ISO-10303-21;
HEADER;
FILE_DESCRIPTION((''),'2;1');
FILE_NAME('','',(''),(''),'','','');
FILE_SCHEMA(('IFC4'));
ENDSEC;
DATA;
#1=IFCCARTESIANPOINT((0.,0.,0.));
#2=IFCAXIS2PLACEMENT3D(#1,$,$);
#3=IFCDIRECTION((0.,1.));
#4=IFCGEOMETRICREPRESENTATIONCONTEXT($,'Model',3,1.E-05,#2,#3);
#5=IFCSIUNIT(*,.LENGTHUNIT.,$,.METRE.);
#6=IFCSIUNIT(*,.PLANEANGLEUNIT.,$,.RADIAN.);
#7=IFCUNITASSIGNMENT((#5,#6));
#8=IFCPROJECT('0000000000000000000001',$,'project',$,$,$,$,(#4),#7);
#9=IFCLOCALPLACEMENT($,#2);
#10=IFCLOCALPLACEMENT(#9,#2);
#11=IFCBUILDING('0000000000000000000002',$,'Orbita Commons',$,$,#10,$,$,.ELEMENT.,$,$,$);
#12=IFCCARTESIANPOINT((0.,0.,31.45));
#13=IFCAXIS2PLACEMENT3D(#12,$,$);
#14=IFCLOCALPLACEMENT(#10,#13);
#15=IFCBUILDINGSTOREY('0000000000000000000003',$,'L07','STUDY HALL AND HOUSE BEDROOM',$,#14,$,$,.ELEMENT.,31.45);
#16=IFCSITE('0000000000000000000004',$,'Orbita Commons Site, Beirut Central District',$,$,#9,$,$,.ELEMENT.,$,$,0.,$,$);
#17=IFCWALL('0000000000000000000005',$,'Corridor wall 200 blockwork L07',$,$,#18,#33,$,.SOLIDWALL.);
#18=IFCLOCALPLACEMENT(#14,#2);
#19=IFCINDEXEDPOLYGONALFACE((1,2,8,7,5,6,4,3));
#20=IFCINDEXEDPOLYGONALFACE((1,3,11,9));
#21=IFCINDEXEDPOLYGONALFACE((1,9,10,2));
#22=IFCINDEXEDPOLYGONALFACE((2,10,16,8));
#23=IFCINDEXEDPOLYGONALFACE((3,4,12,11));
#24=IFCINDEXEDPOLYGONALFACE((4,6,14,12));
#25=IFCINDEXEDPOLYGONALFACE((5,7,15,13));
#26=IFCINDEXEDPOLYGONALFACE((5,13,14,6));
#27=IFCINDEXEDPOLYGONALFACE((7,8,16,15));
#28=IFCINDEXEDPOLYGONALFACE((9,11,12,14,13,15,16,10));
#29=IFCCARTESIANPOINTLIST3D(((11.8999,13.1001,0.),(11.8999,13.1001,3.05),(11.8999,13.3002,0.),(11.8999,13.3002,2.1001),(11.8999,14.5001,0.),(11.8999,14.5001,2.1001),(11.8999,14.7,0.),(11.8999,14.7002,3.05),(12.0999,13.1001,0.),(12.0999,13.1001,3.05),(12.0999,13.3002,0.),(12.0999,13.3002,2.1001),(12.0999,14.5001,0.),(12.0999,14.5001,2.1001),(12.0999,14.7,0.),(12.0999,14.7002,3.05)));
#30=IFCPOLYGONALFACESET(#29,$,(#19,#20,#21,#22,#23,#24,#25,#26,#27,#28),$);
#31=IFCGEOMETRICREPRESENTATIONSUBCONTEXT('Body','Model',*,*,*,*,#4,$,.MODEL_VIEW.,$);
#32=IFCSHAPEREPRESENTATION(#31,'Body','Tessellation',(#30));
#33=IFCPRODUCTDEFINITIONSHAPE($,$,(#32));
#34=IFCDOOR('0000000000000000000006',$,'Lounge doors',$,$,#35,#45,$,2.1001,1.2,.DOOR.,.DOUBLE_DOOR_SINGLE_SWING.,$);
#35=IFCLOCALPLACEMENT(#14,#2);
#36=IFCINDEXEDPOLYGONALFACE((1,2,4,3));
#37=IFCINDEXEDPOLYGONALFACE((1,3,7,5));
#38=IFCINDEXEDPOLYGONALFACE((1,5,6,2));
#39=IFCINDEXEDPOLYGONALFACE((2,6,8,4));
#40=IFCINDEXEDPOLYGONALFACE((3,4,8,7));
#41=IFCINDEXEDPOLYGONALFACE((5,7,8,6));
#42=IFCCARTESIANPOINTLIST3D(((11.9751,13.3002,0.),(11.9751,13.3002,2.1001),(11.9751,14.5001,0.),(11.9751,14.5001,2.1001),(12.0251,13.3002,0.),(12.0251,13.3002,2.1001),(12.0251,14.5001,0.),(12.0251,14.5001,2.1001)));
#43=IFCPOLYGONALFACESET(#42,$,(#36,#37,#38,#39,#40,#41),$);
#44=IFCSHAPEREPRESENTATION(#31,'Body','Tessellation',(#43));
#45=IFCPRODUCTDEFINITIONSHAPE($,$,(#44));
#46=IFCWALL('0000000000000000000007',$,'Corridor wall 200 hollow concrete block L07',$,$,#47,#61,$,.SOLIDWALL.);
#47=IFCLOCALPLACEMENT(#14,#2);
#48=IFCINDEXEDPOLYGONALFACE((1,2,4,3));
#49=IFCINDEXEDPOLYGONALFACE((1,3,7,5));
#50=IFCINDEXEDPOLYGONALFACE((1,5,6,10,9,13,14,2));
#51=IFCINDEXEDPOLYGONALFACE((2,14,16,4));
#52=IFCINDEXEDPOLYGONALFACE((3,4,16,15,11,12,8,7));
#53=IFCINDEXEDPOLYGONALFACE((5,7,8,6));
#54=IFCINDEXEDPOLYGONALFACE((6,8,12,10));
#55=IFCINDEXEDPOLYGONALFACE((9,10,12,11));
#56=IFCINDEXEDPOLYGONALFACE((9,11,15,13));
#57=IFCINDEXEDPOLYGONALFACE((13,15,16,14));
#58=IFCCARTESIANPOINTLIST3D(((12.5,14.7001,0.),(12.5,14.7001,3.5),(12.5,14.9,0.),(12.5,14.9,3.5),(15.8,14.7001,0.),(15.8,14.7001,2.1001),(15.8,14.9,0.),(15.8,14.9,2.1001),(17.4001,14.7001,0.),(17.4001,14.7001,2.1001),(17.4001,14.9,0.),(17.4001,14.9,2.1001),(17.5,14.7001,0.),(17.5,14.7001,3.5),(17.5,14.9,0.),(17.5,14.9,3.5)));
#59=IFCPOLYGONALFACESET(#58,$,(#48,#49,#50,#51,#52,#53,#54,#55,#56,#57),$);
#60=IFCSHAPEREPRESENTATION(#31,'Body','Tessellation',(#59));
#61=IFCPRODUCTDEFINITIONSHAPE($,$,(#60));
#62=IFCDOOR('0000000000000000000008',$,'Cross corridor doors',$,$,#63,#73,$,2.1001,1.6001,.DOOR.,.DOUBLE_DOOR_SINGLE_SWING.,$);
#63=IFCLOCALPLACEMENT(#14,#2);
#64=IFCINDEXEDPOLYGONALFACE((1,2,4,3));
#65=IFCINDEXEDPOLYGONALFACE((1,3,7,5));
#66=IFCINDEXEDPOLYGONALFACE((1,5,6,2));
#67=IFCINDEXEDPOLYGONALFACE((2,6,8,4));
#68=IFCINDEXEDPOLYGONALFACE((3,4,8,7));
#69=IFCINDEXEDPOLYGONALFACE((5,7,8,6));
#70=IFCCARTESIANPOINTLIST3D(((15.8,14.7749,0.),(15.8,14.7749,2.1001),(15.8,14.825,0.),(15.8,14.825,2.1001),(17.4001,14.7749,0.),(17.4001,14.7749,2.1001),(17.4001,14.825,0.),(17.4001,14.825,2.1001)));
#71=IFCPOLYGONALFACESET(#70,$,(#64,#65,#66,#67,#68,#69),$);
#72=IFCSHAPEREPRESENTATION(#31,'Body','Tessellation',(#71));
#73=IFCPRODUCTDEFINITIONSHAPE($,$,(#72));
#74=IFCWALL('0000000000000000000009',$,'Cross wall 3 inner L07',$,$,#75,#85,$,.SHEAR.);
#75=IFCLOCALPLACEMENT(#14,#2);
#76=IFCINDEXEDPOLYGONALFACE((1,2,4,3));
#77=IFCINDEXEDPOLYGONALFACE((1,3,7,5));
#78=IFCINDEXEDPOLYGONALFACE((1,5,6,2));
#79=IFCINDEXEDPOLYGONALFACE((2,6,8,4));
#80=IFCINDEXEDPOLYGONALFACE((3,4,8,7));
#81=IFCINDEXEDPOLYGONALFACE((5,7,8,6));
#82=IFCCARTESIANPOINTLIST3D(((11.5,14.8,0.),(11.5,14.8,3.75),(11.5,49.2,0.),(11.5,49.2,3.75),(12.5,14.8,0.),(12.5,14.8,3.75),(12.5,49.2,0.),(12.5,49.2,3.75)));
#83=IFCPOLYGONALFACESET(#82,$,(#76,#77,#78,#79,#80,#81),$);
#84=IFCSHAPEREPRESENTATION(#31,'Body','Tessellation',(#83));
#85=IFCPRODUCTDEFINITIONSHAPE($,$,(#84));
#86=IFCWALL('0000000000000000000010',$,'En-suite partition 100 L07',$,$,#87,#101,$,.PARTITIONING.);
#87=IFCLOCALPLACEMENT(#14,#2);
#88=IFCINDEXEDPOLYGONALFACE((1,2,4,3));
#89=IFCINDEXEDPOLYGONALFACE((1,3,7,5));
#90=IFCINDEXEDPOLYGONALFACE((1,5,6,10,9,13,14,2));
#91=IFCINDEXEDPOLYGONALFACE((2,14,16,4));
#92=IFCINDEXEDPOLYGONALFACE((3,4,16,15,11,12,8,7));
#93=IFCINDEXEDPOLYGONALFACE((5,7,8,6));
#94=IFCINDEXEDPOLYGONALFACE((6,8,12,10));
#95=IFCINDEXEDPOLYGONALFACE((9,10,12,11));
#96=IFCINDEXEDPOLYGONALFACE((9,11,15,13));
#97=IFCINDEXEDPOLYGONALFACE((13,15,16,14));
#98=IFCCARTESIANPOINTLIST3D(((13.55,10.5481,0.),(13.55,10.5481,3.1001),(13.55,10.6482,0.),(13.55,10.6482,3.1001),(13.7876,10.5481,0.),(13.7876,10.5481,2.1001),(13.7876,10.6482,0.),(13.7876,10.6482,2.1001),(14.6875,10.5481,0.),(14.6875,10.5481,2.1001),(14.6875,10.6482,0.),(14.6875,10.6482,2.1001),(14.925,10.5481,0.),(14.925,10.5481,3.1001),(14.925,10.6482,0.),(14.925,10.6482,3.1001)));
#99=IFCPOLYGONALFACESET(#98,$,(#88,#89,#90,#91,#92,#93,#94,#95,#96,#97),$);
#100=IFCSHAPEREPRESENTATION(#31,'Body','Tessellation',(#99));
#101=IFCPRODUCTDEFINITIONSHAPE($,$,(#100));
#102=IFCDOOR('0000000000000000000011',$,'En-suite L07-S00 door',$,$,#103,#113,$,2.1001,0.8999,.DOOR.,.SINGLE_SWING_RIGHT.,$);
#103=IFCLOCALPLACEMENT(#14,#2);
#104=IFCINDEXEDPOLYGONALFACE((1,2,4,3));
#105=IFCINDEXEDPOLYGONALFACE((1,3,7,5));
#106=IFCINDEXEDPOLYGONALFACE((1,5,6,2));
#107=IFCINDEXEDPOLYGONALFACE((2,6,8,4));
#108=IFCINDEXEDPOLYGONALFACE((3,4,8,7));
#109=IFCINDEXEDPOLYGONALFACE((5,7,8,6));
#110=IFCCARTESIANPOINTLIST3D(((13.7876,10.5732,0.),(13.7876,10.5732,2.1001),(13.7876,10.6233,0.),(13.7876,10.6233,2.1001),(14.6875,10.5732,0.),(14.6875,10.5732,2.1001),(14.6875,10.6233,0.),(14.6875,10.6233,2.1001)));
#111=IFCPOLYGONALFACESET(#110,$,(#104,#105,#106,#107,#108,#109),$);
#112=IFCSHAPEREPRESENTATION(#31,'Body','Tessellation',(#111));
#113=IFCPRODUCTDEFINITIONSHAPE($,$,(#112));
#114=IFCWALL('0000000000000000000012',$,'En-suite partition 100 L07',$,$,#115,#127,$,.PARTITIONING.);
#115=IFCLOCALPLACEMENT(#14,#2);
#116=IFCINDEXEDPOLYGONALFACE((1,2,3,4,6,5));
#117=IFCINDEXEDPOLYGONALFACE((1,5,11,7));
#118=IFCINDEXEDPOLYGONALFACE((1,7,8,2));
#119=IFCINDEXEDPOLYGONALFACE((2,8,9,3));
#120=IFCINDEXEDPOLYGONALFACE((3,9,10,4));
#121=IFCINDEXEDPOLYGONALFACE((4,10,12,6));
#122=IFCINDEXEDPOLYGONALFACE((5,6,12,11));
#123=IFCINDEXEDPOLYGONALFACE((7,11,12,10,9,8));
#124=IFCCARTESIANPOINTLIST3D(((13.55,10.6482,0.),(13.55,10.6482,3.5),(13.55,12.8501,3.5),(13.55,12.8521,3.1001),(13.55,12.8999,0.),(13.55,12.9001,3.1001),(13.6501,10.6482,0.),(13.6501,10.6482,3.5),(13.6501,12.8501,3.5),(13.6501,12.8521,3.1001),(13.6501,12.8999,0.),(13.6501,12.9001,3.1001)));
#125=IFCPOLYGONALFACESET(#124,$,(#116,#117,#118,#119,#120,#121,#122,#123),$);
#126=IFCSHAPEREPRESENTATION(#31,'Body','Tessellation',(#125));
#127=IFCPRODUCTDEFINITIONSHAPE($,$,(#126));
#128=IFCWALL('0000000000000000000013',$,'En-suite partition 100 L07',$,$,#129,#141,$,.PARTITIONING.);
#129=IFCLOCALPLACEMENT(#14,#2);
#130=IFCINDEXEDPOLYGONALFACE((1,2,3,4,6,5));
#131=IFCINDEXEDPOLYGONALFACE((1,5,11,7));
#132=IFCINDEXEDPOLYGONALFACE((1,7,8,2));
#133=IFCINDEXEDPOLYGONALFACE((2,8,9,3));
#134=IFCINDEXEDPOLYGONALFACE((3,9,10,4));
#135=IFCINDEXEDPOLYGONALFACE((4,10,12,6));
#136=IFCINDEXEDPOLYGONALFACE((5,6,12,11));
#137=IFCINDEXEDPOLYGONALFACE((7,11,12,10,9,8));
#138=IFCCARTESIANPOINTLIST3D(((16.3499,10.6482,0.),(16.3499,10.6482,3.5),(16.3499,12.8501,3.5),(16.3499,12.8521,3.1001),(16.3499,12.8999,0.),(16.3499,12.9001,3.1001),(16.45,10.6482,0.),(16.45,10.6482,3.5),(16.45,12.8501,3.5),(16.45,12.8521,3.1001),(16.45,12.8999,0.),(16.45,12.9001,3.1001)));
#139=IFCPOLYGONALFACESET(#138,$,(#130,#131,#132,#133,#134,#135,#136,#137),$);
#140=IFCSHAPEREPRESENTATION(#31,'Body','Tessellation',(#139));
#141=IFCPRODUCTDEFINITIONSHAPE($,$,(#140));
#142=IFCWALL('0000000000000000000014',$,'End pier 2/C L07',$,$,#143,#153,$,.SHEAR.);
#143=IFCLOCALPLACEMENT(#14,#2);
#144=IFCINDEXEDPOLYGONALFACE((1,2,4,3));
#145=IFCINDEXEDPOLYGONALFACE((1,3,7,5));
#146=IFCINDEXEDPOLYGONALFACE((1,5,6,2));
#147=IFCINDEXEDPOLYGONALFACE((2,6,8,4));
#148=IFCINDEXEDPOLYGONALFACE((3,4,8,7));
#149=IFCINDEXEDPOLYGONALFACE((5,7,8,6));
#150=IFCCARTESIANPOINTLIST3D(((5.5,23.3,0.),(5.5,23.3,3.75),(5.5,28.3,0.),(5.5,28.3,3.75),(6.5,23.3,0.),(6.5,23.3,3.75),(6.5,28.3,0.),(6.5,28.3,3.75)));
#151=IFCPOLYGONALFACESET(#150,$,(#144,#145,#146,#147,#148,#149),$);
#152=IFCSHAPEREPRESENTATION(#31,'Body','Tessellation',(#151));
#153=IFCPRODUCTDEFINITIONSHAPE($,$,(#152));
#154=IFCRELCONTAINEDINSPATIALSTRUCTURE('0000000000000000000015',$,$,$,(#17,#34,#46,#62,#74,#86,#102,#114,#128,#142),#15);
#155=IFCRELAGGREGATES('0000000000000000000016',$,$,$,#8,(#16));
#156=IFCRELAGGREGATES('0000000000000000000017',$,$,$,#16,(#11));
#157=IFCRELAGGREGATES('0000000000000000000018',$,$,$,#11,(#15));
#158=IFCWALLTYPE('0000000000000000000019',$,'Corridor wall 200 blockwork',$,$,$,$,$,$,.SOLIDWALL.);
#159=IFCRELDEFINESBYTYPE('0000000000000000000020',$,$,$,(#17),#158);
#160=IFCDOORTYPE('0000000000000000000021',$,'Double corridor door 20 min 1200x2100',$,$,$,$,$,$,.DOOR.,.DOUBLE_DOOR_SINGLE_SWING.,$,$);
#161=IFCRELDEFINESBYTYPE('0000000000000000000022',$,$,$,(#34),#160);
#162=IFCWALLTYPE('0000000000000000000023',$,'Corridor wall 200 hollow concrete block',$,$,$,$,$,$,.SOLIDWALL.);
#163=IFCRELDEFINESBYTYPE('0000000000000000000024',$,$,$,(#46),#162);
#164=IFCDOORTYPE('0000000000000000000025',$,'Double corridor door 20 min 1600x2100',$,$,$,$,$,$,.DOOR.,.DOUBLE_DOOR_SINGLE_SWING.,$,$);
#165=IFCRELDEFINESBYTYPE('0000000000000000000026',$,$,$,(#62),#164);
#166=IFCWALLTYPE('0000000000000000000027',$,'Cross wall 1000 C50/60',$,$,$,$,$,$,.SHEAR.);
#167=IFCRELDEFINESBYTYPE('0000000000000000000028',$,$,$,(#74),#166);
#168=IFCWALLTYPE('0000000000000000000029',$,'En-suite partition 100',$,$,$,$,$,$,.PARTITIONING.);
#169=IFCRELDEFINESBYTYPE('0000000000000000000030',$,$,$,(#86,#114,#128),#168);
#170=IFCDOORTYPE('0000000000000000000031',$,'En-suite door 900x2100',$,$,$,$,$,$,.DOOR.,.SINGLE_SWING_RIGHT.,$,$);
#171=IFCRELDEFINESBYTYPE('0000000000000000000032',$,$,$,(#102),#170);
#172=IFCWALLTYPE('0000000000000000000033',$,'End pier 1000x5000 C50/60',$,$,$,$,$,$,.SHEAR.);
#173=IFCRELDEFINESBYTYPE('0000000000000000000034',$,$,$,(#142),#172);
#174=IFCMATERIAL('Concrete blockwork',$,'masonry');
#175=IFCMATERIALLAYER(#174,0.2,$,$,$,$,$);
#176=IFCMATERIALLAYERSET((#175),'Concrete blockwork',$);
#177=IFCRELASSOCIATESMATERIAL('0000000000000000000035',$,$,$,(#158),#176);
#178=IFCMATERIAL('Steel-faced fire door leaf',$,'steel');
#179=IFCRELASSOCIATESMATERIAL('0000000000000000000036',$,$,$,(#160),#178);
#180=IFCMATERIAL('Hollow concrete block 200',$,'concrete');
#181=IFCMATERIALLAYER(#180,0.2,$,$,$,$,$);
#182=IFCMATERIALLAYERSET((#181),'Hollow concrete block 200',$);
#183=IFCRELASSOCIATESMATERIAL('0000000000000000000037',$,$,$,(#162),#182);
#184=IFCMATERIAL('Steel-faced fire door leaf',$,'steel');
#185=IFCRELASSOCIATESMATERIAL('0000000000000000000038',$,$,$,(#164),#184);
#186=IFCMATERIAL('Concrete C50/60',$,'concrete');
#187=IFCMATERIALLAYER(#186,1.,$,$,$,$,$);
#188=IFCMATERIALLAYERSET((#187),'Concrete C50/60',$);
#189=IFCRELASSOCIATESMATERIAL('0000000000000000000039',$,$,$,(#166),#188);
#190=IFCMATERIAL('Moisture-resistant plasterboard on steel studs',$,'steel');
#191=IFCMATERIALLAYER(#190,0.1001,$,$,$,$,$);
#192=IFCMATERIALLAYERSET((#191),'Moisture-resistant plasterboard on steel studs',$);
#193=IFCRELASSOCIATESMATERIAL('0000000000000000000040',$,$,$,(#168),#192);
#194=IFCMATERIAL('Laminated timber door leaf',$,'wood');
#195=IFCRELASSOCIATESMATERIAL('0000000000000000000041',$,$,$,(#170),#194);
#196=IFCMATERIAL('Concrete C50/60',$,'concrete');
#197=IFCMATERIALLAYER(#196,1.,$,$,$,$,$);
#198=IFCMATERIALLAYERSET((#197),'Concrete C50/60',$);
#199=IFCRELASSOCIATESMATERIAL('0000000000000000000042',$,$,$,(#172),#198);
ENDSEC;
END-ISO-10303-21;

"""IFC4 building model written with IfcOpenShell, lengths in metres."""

from ifc_helpers import new_model, si_unit, direction, frame, frame_2d, origin, place, context, subcontext, project, spatial, polyline, rectangle, outline, extrude, material, layer, layer_set, type_object, element, fill, save


model = new_model("IFC4")

# Units and contexts
model_context = context("Model", 3, precision=1e-05, world=origin(), true_north=direction((0.0, 1.0)))
body_context = subcontext(model_context, "Body", "Model", "MODEL_VIEW")
ifc_project = project(units=[si_unit("LENGTHUNIT", "METRE"), si_unit("PLANEANGLEUNIT", "RADIAN")], contexts=[model_context])

# Site, building, storey
site_placement = place(None, origin())
site = spatial("IfcSite", under=ifc_project, at=site_placement, Name="Orbita Commons Site, Beirut Central District", CompositionType="ELEMENT", RefElevation=0.0)
building_placement = place(site_placement, origin())
building = spatial("IfcBuilding", under=site, at=building_placement, Name="Orbita Commons", CompositionType="ELEMENT")
storey_placement = place(building_placement, frame((0.0, 0.0, 31.45)))
storey = spatial("IfcBuildingStorey", under=building, at=storey_placement, Name="L07", Description="STUDY HALL AND HOUSE BEDROOM", CompositionType="ELEMENT", Elevation=31.45)

# Shared definitions
ifc_material_1 = material(Name="Concrete blockwork", Category="masonry")
ifc_layer_1 = layer(ifc_material_1, 0.2)
ifc_layer_set_1 = layer_set([ifc_layer_1], Name="Concrete blockwork")
wall_type_1 = type_object("IfcWallType", Name="Corridor wall 200 blockwork", PredefinedType="SOLIDWALL", material=ifc_layer_set_1)

# Walls, openings, doors
wall_1_placement = place(storey_placement, frame((12.0, 13.1001, 0.0), z_axis=(0.0, 0.0, 1.0), x_axis=(0.0, 1.0, 0.0)))
wall_1 = element("IfcWall", 1, at=wall_1_placement, inside=storey, type_object=wall_type_1, Name="Corridor wall 200 blockwork L07", PredefinedType="SOLIDWALL", context=body_context, shape_type="SweptSolid", body=[
    extrude(outline(polyline([(0.0, 0.0), (1.5999, 0.0), (1.6001, 3.05), (0.0, 3.05), (0.0, 0.0)])), frame((0.0, 0.1001, 0.0), z_axis=(0.0, -1.0, 0.0), x_axis=(1.0, 0.0, 0.0)), (0.0, 0.0, 1.0), 0.2),
])
opening_1_placement = place(wall_1_placement, frame((0.2, 0.0, 0.0)))
opening_1 = element("IfcOpeningElement", 2, at=opening_1_placement, cuts=wall_1, PredefinedType="OPENING", context=body_context, shape_type="SweptSolid", body=[
    extrude(rectangle(XDim=1.2, YDim=2.1001, at=frame_2d((0.6001, 1.05))), frame((0.0, 0.1099, 0.0), z_axis=(0.0, -1.0, 0.0), x_axis=(1.0, 0.0, 0.0)), (0.0, 0.0, 1.0), 0.22),
])
ifc_material_2 = material(Name="Steel-faced fire door leaf", Category="steel")
door_type_1 = type_object("IfcDoorType", Name="Double corridor door 20 min 1200x2100", OperationType="DOUBLE_DOOR_SINGLE_SWING", PredefinedType="DOOR", material=ifc_material_2)
door_1_placement = place(opening_1_placement, origin())
door_1 = element("IfcDoor", 3, at=door_1_placement, inside=storey, type_object=door_type_1, Name="Lounge doors", OperationType="DOUBLE_DOOR_SINGLE_SWING", OverallHeight=2.1001, OverallWidth=1.2, PredefinedType="DOOR", context=body_context, shape_type="SweptSolid", body=[
    extrude(rectangle(XDim=1.2, YDim=2.1001, at=frame_2d((0.6001, 1.05))), frame((0.0, 0.0249, 0.0), z_axis=(0.0, -1.0, 0.0), x_axis=(1.0, 0.0, 0.0)), (0.0, 0.0, 1.0), 0.05),
])
fill(opening_1, door_1)
ifc_material_3 = material(Name="Hollow concrete block 200", Category="concrete")
ifc_layer_2 = layer(ifc_material_3, 0.2)
ifc_layer_set_2 = layer_set([ifc_layer_2], Name="Hollow concrete block 200")
wall_type_2 = type_object("IfcWallType", Name="Corridor wall 200 hollow concrete block", PredefinedType="SOLIDWALL", material=ifc_layer_set_2)
wall_2_placement = place(storey_placement, frame((12.5, 14.8, 0.0), z_axis=(0.0, 0.0, 1.0), x_axis=(1.0, 0.0, 0.0)))
wall_2 = element("IfcWall", 4, at=wall_2_placement, inside=storey, type_object=wall_type_2, Name="Corridor wall 200 hollow concrete block L07", PredefinedType="SOLIDWALL", context=body_context, shape_type="SweptSolid", body=[
    extrude(rectangle(XDim=5.0, YDim=0.2, at=frame_2d((2.5, 0.0))), origin(), (0.0, 0.0, 1.0), 3.5),
])
opening_2_placement = place(wall_2_placement, frame((3.3, 0.0, 0.0)))
opening_2 = element("IfcOpeningElement", 5, at=opening_2_placement, cuts=wall_2, PredefinedType="OPENING", context=body_context, shape_type="SweptSolid", body=[
    extrude(rectangle(XDim=1.6001, YDim=2.1001, at=frame_2d((0.8, 1.05))), frame((0.0, 0.1099, 0.0), z_axis=(0.0, -1.0, 0.0), x_axis=(1.0, 0.0, 0.0)), (0.0, 0.0, 1.0), 0.22),
])
ifc_material_4 = material(Name="Steel-faced fire door leaf", Category="steel")
door_type_2 = type_object("IfcDoorType", Name="Double corridor door 20 min 1600x2100", OperationType="DOUBLE_DOOR_SINGLE_SWING", PredefinedType="DOOR", material=ifc_material_4)
door_2_placement = place(opening_2_placement, origin())
door_2 = element("IfcDoor", 6, at=door_2_placement, inside=storey, type_object=door_type_2, Name="Cross corridor doors", OperationType="DOUBLE_DOOR_SINGLE_SWING", OverallHeight=2.1001, OverallWidth=1.6001, PredefinedType="DOOR", context=body_context, shape_type="SweptSolid", body=[
    extrude(rectangle(XDim=1.6001, YDim=2.1001, at=frame_2d((0.8, 1.05))), frame((0.0, 0.0249, 0.0), z_axis=(0.0, -1.0, 0.0), x_axis=(1.0, 0.0, 0.0)), (0.0, 0.0, 1.0), 0.05),
])
fill(opening_2, door_2)

# Wall
ifc_material_5 = material(Name="Concrete C50/60", Category="concrete")
ifc_layer_3 = layer(ifc_material_5, 1.0)
ifc_layer_set_3 = layer_set([ifc_layer_3], Name="Concrete C50/60")
wall_type_3 = type_object("IfcWallType", Name="Cross wall 1000 C50/60", PredefinedType="SHEAR", material=ifc_layer_set_3)
wall_3_placement = place(storey_placement, frame((12.0, 14.8, 0.0), z_axis=(0.0, 0.0, 1.0), x_axis=(0.0, 1.0, 0.0)))
element("IfcWall", 7, at=wall_3_placement, inside=storey, type_object=wall_type_3, Name="Cross wall 3 inner L07", PredefinedType="SHEAR", context=body_context, shape_type="SweptSolid", body=[
    extrude(rectangle(XDim=34.3999, YDim=1.0, at=frame_2d((17.2, 0.0))), origin(), (0.0, 0.0, 1.0), 3.75),
])

# Wall, opening, door
ifc_material_6 = material(Name="Moisture-resistant plasterboard on steel studs", Category="steel")
ifc_layer_4 = layer(ifc_material_6, 0.1001)
ifc_layer_set_4 = layer_set([ifc_layer_4], Name="Moisture-resistant plasterboard on steel studs")
wall_type_4 = type_object("IfcWallType", Name="En-suite partition 100", PredefinedType="PARTITIONING", material=ifc_layer_set_4)
wall_4_placement = place(storey_placement, frame((14.925, 10.5981, 0.0), z_axis=(0.0, 0.0, 1.0), x_axis=(-1.0, 0.0, 0.0)))
wall_4 = element("IfcWall", 8, at=wall_4_placement, inside=storey, type_object=wall_type_4, Name="En-suite partition 100 L07", PredefinedType="PARTITIONING", context=body_context, shape_type="SweptSolid", body=[
    extrude(outline(polyline([(0.0, 0.0), (1.375, 0.0), (1.375, 3.1001), (0.0, 3.1001), (0.0, 0.0)])), frame((0.0, 0.05, 0.0), z_axis=(0.0, -1.0, 0.0), x_axis=(1.0, 0.0, 0.0)), (0.0, 0.0, 1.0), 0.1001),
])
opening_3_placement = place(wall_4_placement, frame((0.2375, 0.0, 0.0)))
opening_3 = element("IfcOpeningElement", 9, at=opening_3_placement, cuts=wall_4, PredefinedType="OPENING", context=body_context, shape_type="SweptSolid", body=[
    extrude(rectangle(XDim=0.8999, YDim=2.1001, at=frame_2d((0.45, 1.05))), frame((0.0, 0.0601, 0.0), z_axis=(0.0, -1.0, 0.0), x_axis=(1.0, 0.0, 0.0)), (0.0, 0.0, 1.0), 0.1201),
])
ifc_material_7 = material(Name="Laminated timber door leaf", Category="wood")
door_type_3 = type_object("IfcDoorType", Name="En-suite door 900x2100", OperationType="SINGLE_SWING_RIGHT", PredefinedType="DOOR", material=ifc_material_7)
door_3_placement = place(opening_3_placement, origin())
door_3 = element("IfcDoor", 10, at=door_3_placement, inside=storey, type_object=door_type_3, Name="En-suite L07-S00 door", OperationType="SINGLE_SWING_RIGHT", OverallHeight=2.1001, OverallWidth=0.8999, PredefinedType="DOOR", context=body_context, shape_type="SweptSolid", body=[
    extrude(rectangle(XDim=0.8999, YDim=2.1001, at=frame_2d((0.45, 1.05))), frame((0.0, 0.0249, 0.0), z_axis=(0.0, -1.0, 0.0), x_axis=(1.0, 0.0, 0.0)), (0.0, 0.0, 1.0), 0.05),
])
fill(opening_3, door_3)

# Walls
for number, where, z_axis, x_axis, name in (
    (11, (13.6001, 10.6482, 0.0), (0.0, 0.0, 1.0), (0.0, 1.0, 0.0), "En-suite partition 100 L07"),
    (12, (16.3999, 10.6482, 0.0), (0.0, 0.0, 1.0), (0.0, 1.0, 0.0), "En-suite partition 100 L07"),
):
    element("IfcWall", number, at=place(storey_placement, frame(where, z_axis=z_axis, x_axis=x_axis)), inside=storey, type_object=wall_type_4, Name=name, PredefinedType="PARTITIONING", context=body_context, shape_type="SweptSolid", body=[
        extrude(outline(polyline([(0.0, 0.0), (2.2517, 0.0), (2.252, 3.1001), (2.2039, 3.1001), (2.2019, 3.5), (0.0, 3.5), (0.0, 0.0)])), frame((0.0, 0.05, 0.0), z_axis=(0.0, -1.0, 0.0), x_axis=(1.0, 0.0, 0.0)), (0.0, 0.0, 1.0), 0.1001),
    ])
ifc_material_8 = material(Name="Concrete C50/60", Category="concrete")
ifc_layer_5 = layer(ifc_material_8, 1.0)
ifc_layer_set_5 = layer_set([ifc_layer_5], Name="Concrete C50/60")
wall_type_5 = type_object("IfcWallType", Name="End pier 1000x5000 C50/60", PredefinedType="SHEAR", material=ifc_layer_set_5)
wall_5_placement = place(storey_placement, frame((6.0, 23.3, 0.0), z_axis=(0.0, 0.0, 1.0), x_axis=(0.0, 1.0, 0.0)))
element("IfcWall", 13, at=wall_5_placement, inside=storey, type_object=wall_type_5, Name="End pier 2/C L07", PredefinedType="SHEAR", context=body_context, shape_type="SweptSolid", body=[
    extrude(rectangle(XDim=5.0, YDim=1.0, at=frame_2d((2.5, 0.0))), origin(), (0.0, 0.0, 1.0), 3.75),
])

save(model, "model.ifc")
